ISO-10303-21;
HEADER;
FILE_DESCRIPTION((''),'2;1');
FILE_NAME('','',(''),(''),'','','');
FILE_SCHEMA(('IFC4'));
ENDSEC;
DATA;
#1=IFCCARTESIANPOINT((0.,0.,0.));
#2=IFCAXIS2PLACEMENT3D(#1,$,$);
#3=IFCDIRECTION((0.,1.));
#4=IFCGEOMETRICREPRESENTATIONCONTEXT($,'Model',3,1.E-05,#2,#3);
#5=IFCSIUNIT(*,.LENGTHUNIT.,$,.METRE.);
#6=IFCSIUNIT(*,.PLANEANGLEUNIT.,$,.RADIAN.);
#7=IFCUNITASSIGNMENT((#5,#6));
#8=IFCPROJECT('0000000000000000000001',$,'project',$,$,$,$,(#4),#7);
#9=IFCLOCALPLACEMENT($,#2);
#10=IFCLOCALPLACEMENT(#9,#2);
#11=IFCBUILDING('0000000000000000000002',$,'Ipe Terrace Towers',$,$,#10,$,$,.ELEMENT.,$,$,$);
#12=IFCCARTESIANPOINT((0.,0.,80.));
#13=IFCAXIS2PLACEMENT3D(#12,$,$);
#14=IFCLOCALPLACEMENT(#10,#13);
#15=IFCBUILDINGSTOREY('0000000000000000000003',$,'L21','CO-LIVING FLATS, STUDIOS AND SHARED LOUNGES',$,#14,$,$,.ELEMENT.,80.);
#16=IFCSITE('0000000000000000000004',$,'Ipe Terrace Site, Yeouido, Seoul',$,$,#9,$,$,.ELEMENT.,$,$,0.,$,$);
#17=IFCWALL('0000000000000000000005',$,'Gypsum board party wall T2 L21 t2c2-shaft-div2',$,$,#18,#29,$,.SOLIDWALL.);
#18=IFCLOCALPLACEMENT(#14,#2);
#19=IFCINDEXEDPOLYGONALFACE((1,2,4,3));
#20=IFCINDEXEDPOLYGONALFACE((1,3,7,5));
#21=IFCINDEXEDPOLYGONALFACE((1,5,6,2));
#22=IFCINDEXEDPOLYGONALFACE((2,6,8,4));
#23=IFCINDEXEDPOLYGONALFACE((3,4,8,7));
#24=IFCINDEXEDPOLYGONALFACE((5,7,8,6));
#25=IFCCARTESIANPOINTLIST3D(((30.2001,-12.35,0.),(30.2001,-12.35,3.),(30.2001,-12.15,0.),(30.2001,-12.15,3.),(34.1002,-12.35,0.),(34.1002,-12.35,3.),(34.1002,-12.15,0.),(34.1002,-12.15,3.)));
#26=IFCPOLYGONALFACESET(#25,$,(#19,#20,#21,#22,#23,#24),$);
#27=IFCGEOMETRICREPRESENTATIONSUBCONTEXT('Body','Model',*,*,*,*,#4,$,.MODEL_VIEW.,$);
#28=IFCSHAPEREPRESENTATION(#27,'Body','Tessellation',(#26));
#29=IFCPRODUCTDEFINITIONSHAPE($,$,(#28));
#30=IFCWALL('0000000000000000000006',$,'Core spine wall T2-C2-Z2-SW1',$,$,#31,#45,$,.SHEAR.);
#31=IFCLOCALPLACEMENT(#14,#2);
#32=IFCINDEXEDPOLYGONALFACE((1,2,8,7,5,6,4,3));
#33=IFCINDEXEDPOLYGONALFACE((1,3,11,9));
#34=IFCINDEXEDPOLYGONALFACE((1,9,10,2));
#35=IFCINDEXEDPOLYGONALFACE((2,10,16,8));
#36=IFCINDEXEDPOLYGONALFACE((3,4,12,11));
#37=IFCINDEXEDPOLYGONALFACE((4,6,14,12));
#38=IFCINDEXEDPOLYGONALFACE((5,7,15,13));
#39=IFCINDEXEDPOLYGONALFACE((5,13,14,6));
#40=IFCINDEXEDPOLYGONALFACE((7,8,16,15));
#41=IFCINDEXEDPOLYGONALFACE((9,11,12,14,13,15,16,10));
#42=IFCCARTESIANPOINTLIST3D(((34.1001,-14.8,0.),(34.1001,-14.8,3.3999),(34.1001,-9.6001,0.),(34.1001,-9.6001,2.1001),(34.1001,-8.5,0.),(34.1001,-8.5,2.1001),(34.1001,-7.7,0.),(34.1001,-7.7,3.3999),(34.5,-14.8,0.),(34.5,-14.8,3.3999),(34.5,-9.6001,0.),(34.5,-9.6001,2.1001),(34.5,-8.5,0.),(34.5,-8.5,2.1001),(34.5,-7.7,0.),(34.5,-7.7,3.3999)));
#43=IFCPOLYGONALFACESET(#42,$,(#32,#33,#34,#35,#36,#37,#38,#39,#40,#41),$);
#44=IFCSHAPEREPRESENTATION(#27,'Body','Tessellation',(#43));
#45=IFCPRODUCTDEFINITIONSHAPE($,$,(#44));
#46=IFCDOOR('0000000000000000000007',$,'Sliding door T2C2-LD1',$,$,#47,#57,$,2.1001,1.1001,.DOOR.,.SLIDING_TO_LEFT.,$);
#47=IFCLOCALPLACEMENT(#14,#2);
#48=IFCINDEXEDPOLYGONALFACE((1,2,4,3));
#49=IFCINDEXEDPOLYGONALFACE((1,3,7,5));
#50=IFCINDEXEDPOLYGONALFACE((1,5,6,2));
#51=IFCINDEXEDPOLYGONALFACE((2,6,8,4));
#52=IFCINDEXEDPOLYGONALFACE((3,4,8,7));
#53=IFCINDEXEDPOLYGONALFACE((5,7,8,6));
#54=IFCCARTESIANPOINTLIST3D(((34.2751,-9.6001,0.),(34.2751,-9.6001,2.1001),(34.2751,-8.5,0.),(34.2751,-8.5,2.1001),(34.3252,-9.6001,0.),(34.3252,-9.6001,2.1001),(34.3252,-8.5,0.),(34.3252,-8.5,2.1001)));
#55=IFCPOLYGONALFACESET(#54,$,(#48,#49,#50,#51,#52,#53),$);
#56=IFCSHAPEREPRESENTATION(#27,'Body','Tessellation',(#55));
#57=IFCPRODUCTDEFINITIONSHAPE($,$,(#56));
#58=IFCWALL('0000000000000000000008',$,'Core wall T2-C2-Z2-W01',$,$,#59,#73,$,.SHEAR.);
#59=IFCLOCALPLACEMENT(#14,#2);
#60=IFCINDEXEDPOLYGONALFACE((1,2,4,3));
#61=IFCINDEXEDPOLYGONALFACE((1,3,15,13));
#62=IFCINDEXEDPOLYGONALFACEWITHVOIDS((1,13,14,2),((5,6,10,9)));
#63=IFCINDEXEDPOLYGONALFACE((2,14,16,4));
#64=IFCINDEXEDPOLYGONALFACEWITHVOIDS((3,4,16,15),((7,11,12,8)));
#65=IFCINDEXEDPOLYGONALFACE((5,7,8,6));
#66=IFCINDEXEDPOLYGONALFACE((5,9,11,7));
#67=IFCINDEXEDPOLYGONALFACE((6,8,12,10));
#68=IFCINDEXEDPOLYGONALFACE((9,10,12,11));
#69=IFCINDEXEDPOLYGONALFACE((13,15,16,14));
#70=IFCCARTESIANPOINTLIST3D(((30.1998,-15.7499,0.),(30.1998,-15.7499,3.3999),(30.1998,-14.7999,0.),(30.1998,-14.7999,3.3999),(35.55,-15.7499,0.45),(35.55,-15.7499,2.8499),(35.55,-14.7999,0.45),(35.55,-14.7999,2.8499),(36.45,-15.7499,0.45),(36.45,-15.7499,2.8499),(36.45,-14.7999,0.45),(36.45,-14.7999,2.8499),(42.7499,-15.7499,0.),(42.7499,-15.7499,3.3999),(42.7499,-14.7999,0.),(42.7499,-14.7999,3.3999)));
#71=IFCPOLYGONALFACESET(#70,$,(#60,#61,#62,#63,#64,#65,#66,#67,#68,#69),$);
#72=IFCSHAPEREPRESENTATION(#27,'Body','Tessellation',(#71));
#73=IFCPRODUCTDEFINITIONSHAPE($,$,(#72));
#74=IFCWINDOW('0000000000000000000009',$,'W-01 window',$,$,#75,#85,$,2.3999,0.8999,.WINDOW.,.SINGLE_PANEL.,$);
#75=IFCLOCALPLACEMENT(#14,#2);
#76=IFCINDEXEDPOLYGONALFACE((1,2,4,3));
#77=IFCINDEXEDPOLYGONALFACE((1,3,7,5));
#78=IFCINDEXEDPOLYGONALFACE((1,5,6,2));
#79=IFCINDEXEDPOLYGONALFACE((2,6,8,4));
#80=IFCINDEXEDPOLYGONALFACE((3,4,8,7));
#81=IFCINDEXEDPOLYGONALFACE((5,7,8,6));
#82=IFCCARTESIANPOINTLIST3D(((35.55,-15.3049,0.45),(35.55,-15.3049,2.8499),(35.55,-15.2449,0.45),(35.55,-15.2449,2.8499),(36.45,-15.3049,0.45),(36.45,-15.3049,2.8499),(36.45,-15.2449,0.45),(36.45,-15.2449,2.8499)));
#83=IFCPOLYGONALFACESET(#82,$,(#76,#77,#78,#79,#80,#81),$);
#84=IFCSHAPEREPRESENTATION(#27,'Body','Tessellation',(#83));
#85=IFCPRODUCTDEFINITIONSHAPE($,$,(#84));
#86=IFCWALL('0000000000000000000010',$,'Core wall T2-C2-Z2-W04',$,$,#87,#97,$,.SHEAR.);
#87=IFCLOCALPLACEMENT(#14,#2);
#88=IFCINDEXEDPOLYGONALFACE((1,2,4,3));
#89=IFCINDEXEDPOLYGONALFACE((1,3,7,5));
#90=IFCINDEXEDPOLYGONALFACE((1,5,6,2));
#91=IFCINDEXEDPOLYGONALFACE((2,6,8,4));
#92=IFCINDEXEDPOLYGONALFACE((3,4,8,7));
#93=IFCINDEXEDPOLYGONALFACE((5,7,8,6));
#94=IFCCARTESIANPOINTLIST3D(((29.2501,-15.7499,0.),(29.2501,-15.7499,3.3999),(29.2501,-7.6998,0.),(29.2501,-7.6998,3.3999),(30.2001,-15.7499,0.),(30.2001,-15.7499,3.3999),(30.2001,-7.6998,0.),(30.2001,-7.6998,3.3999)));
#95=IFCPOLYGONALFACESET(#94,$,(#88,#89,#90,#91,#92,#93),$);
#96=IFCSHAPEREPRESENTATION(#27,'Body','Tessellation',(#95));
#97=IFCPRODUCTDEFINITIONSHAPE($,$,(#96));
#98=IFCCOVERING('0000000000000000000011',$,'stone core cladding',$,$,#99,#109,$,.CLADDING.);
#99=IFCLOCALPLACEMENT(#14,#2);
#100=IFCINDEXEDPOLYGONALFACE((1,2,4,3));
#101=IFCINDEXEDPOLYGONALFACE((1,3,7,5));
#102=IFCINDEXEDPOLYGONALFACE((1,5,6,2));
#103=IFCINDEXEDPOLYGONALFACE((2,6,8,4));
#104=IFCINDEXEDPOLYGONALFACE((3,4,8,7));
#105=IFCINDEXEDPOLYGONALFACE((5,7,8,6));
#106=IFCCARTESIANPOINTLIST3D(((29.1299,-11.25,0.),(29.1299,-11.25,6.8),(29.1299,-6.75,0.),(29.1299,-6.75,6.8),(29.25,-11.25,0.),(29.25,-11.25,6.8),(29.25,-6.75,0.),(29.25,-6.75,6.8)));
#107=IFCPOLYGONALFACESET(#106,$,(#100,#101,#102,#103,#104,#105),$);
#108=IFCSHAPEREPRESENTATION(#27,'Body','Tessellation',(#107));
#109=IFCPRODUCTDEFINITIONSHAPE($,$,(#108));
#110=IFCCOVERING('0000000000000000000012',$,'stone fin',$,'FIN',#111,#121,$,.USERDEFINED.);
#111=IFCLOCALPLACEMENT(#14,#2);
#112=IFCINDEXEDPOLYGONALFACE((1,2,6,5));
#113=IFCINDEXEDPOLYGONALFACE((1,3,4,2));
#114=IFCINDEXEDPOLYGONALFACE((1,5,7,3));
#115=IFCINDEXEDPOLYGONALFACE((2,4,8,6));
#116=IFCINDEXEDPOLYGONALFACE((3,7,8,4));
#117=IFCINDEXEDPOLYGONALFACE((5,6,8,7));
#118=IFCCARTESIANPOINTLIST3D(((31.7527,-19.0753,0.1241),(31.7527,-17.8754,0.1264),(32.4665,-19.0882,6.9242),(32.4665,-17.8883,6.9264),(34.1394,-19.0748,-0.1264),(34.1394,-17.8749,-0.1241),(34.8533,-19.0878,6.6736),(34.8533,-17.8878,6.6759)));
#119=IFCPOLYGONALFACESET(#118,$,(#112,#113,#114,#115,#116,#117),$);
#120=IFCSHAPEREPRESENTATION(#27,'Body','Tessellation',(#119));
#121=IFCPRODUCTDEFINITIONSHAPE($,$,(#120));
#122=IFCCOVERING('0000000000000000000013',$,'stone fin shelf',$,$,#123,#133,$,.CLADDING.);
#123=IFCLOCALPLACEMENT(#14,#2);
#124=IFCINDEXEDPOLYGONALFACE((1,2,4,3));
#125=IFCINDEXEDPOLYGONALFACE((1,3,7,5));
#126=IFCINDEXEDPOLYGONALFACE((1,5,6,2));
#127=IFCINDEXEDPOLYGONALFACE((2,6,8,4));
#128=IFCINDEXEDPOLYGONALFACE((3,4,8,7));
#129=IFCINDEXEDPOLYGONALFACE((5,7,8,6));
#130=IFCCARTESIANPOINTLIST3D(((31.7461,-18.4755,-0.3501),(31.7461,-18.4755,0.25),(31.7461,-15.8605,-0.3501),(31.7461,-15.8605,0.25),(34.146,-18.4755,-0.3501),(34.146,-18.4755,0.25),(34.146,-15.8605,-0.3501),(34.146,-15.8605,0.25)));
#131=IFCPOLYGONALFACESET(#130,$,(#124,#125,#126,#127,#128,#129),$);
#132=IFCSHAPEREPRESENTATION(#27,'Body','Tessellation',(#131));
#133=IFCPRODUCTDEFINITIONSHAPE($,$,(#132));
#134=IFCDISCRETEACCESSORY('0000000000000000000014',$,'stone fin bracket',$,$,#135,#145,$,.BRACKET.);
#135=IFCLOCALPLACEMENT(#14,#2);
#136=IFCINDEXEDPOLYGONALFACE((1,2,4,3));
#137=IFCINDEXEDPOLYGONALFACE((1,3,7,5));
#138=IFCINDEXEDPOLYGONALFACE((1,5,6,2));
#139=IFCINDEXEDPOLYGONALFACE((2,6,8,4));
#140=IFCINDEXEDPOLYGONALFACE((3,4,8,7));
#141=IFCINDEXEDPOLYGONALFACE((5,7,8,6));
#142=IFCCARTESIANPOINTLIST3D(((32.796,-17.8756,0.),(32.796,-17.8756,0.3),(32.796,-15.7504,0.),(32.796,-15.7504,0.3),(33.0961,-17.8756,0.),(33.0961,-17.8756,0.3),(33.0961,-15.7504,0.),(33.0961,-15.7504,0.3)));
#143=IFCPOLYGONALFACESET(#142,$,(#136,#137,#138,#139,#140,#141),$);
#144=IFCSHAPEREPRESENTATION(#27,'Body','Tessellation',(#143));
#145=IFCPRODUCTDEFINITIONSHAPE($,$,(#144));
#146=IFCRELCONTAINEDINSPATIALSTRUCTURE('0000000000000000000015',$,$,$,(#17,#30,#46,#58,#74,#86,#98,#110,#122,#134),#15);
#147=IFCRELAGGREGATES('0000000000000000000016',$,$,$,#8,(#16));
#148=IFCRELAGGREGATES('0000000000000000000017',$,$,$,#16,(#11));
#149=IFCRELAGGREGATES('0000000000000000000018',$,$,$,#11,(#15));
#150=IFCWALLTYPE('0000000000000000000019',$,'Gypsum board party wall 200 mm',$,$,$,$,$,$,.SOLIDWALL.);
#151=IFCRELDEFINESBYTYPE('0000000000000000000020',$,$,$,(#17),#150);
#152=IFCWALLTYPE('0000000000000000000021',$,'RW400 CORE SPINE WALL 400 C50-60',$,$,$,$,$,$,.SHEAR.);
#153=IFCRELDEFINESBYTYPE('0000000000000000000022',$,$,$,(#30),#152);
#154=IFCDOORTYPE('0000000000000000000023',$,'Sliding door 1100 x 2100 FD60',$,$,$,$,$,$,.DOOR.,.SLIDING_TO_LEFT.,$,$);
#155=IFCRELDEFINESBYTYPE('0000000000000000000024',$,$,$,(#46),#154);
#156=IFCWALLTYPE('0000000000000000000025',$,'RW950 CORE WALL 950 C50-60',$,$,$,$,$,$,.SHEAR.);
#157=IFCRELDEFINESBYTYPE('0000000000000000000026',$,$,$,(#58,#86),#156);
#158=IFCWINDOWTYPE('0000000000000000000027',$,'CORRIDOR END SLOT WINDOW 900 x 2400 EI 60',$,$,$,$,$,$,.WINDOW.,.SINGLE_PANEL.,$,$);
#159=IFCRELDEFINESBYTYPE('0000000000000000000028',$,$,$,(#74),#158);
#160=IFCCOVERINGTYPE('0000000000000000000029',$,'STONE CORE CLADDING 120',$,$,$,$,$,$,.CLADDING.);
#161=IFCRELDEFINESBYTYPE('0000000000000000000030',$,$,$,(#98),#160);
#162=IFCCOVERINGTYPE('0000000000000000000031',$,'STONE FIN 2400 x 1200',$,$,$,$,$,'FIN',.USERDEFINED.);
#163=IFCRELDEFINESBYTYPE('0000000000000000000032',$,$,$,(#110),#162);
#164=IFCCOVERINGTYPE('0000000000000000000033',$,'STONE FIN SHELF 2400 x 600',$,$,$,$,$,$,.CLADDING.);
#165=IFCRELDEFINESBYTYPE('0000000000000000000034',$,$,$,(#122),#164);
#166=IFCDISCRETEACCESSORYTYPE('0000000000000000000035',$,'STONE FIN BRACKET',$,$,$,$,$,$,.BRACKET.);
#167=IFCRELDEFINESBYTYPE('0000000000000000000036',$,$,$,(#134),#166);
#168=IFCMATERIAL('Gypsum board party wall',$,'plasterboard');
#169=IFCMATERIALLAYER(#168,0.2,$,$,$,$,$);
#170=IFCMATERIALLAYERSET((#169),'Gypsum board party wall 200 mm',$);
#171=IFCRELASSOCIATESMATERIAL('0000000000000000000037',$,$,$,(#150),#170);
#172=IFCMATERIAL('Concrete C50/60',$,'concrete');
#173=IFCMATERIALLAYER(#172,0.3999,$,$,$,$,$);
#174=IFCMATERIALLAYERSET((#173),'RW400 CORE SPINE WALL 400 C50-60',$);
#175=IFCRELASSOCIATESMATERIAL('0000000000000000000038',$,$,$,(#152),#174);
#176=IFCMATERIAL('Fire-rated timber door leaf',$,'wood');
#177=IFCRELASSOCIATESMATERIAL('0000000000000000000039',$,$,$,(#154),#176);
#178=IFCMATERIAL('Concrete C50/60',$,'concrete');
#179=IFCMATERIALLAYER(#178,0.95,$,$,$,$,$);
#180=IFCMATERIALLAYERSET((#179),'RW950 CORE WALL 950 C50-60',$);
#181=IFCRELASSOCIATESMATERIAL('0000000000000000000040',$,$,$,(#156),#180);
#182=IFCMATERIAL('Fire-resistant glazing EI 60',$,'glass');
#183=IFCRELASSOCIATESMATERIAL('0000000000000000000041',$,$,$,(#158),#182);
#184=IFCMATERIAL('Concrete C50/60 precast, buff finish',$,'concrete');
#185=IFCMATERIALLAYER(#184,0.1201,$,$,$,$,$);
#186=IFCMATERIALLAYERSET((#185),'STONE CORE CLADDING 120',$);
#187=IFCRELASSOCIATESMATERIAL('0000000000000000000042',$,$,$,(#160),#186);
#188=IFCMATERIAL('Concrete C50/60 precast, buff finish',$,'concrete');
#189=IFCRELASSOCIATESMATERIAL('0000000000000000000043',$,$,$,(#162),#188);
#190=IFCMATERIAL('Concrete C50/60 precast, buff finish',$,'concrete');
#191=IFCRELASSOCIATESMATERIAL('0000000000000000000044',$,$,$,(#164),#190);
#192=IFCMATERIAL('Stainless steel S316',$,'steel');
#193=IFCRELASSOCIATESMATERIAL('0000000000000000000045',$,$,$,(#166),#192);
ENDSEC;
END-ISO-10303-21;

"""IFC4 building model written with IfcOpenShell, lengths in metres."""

from ifc_helpers import new_model, si_unit, direction, frame, frame_2d, origin, origin_2d, place, context, subcontext, project, spatial, rectangle, extrude, material, layer, layer_set, material_profile, profile_set, type_object, element, fill, save


model = new_model("IFC4")

# Units and contexts
model_context = context("Model", 3, precision=1e-05, world=origin(), true_north=direction((0.0, 1.0)))
body_context = subcontext(model_context, "Body", "Model", "MODEL_VIEW")
ifc_project = project(units=[si_unit("LENGTHUNIT", "METRE"), si_unit("PLANEANGLEUNIT", "RADIAN")], contexts=[model_context])

# Site, building, storey
site_placement = place(None, origin())
site = spatial("IfcSite", under=ifc_project, at=site_placement, Name="Ipe Terrace Site, Yeouido, Seoul", CompositionType="ELEMENT", RefElevation=0.0)
building_placement = place(site_placement, origin())
building = spatial("IfcBuilding", under=site, at=building_placement, Name="Ipe Terrace Towers", CompositionType="ELEMENT")
storey_placement = place(building_placement, frame((0.0, 0.0, 80.0)))
storey = spatial("IfcBuildingStorey", under=building, at=storey_placement, Name="L21", Description="CO-LIVING FLATS, STUDIOS AND SHARED LOUNGES", CompositionType="ELEMENT", Elevation=80.0)

# Wall
ifc_material_1 = material(Name="Gypsum board party wall", Category="plasterboard")
ifc_layer_1 = layer(ifc_material_1, 0.2)
ifc_layer_set_1 = layer_set([ifc_layer_1], Name="Gypsum board party wall 200 mm")
wall_type_1 = type_object("IfcWallType", Name="Gypsum board party wall 200 mm", PredefinedType="SOLIDWALL", material=ifc_layer_set_1)
for number, where, z_axis, x_axis, name in (
    (1, (30.2, -12.25, 0.0), (0.0, 0.0, 1.0), (1.0, 0.0, 0.0), "Gypsum board party wall T2 L21 t2c2-shaft-div2"),
):
    element("IfcWall", number, at=place(storey_placement, frame(where, z_axis=z_axis, x_axis=x_axis)), inside=storey, type_object=wall_type_1, Name=name, PredefinedType="SOLIDWALL", context=body_context, shape_type="SweptSolid", body=[
        extrude(rectangle(XDim=3.9001, YDim=0.2, at=frame_2d((1.9502, 0.0))), origin(), (0.0, 0.0, 1.0), 3.0),
    ])

# Wall, opening, door
ifc_material_2 = material(Name="Concrete C50/60", Category="concrete")
ifc_layer_2 = layer(ifc_material_2, 0.3999)
ifc_layer_set_2 = layer_set([ifc_layer_2], Name="RW400 CORE SPINE WALL 400 C50-60")
wall_type_2 = type_object("IfcWallType", Name="RW400 CORE SPINE WALL 400 C50-60", PredefinedType="SHEAR", material=ifc_layer_set_2)
wall_1_placement = place(storey_placement, frame((34.3, -14.8, 0.0), z_axis=(0.0, 0.0, 1.0), x_axis=(0.0, 1.0, 0.0)))
wall_1 = element("IfcWall", 2, at=wall_1_placement, inside=storey, type_object=wall_type_2, Name="Core spine wall T2-C2-Z2-SW1", PredefinedType="SHEAR", context=body_context, shape_type="SweptSolid", body=[
    extrude(rectangle(XDim=7.1001, YDim=0.3999, at=frame_2d((3.55, 0.0))), origin(), (0.0, 0.0, 1.0), 3.3999),
])
opening_1_placement = place(wall_1_placement, frame((5.2, 0.0, 0.0)))
opening_1 = element("IfcOpeningElement", 3, at=opening_1_placement, cuts=wall_1, PredefinedType="OPENING", context=body_context, shape_type="SweptSolid", body=[
    extrude(rectangle(XDim=1.1001, YDim=2.1001, at=frame_2d((0.55, 1.05))), frame((0.0, 0.21, 0.0), z_axis=(0.0, -1.0, 0.0), x_axis=(1.0, 0.0, 0.0)), (0.0, 0.0, 1.0), 0.4199),
])
ifc_material_3 = material(Name="Fire-rated timber door leaf", Category="wood")
door_type_1 = type_object("IfcDoorType", Name="Sliding door 1100 x 2100 FD60", OperationType="SLIDING_TO_LEFT", PredefinedType="DOOR", material=ifc_material_3)
door_1_placement = place(opening_1_placement, origin())
door_1 = element("IfcDoor", 4, at=door_1_placement, inside=storey, type_object=door_type_1, Name="Sliding door T2C2-LD1", OperationType="SLIDING_TO_LEFT", OverallHeight=2.1001, OverallWidth=1.1001, PredefinedType="DOOR", context=body_context, shape_type="SweptSolid", body=[
    extrude(rectangle(XDim=1.1001, YDim=2.1001, at=frame_2d((0.55, 1.05))), frame((0.0, 0.0249, 0.0), z_axis=(0.0, -1.0, 0.0), x_axis=(1.0, 0.0, 0.0)), (0.0, 0.0, 1.0), 0.05),
])
fill(opening_1, door_1)

# Wall, opening, window
ifc_material_4 = material(Name="Concrete C50/60", Category="concrete")
ifc_layer_3 = layer(ifc_material_4, 0.95)
ifc_layer_set_3 = layer_set([ifc_layer_3], Name="RW950 CORE WALL 950 C50-60")
wall_type_3 = type_object("IfcWallType", Name="RW950 CORE WALL 950 C50-60", PredefinedType="SHEAR", material=ifc_layer_set_3)
wall_2_placement = place(storey_placement, frame((30.2, -15.2749, 0.0), z_axis=(0.0, 0.0, 1.0), x_axis=(1.0, 0.0, 0.0)))
wall_2 = element("IfcWall", 5, at=wall_2_placement, inside=storey, type_object=wall_type_3, Name="Core wall T2-C2-Z2-W01", PredefinedType="SHEAR", context=body_context, shape_type="SweptSolid", body=[
    extrude(rectangle(XDim=12.55, YDim=0.95, at=frame_2d((6.2749, 0.0))), origin(), (0.0, 0.0, 1.0), 3.3999),
])
opening_2_placement = place(wall_2_placement, frame((5.3501, 0.0, 0.45)))
opening_2 = element("IfcOpeningElement", 6, at=opening_2_placement, cuts=wall_2, PredefinedType="OPENING", context=body_context, shape_type="SweptSolid", body=[
    extrude(rectangle(XDim=0.8999, YDim=2.3999, at=frame_2d((0.45, 1.2))), frame((0.0, 0.4849, 0.0), z_axis=(0.0, -1.0, 0.0), x_axis=(1.0, 0.0, 0.0)), (0.0, 0.0, 1.0), 0.97),
])
ifc_material_5 = material(Name="Fire-resistant glazing EI 60", Category="glass")
window_type = type_object("IfcWindowType", Name="CORRIDOR END SLOT WINDOW 900 x 2400 EI 60", PartitioningType="SINGLE_PANEL", PredefinedType="WINDOW", material=ifc_material_5)
window_placement = place(opening_2_placement, origin())
window = element("IfcWindow", 7, at=window_placement, inside=storey, type_object=window_type, Name="W-01 window", OverallHeight=2.3999, OverallWidth=0.8999, PartitioningType="SINGLE_PANEL", PredefinedType="WINDOW", context=body_context, shape_type="SweptSolid", body=[
    extrude(rectangle(XDim=0.8999, YDim=2.3999, at=frame_2d((0.45, 1.2))), frame((0.0, 0.03, 0.0), z_axis=(0.0, -1.0, 0.0), x_axis=(1.0, 0.0, 0.0)), (0.0, 0.0, 1.0), 0.0601),
])
fill(opening_2, window)

# Wall
wall_3_placement = place(storey_placement, frame((29.7251, -7.7, 0.0), z_axis=(0.0, 0.0, 1.0), x_axis=(0.0, -1.0, 0.0)))
element("IfcWall", 8, at=wall_3_placement, inside=storey, type_object=wall_type_3, Name="Core wall T2-C2-Z2-W04", PredefinedType="SHEAR", context=body_context, shape_type="SweptSolid", body=[
    extrude(rectangle(XDim=8.05, YDim=0.95, at=frame_2d((4.0249, 0.0))), origin(), (0.0, 0.0, 1.0), 3.3999),
])

# Coverings
ifc_material_6 = material(Name="Concrete C50/60 precast, buff finish", Category="concrete")
ifc_layer_4 = layer(ifc_material_6, 0.1201)
ifc_layer_set_4 = layer_set([ifc_layer_4], Name="STONE CORE CLADDING 120")
covering_type_1 = type_object("IfcCoveringType", Name="STONE CORE CLADDING 120", PredefinedType="CLADDING", material=ifc_layer_set_4)
covering_1_placement = place(storey_placement, frame((29.1899, -9.0, 0.0), z_axis=(0.0, 0.0, 1.0), x_axis=(0.0, -1.0, 0.0)))
element("IfcCovering", 9, at=covering_1_placement, inside=storey, type_object=covering_type_1, Name="stone core cladding", PredefinedType="CLADDING", context=body_context, shape_type="SweptSolid", body=[
    extrude(rectangle(XDim=4.5, YDim=0.1201, at=origin_2d()), origin(), (0.0, 0.0, 1.0), 6.8),
])
ifc_material_7 = material(Name="Concrete C50/60 precast, buff finish", Category="concrete")
ifc_material_profile_1 = material_profile(ifc_material_7, rectangle(XDim=2.3999, YDim=1.2, at=origin_2d()), Name="STONE FIN 2400 x 1200")
ifc_profile_set_1 = profile_set([ifc_material_profile_1], Name="Concrete C50/60 precast, buff finish")
covering_type_2 = type_object("IfcCoveringType", Name="STONE FIN 2400 x 1200", ElementType="FIN", PredefinedType="USERDEFINED", material=ifc_profile_set_1)
covering_2_placement = place(storey_placement, frame((32.946, -18.4751, 0.0), z_axis=(0.104406, -0.001892, 0.994533), x_axis=(0.994535, 0.000199, -0.104406)))
element("IfcCovering", 10, at=covering_2_placement, inside=storey, type_object=covering_type_2, Name="stone fin", ObjectType="FIN", PredefinedType="USERDEFINED", context=body_context, shape_type="SweptSolid", body=[
    extrude(rectangle(XDim=2.3999, YDim=1.2, at=origin_2d()), origin(), (0.0, 0.0, 1.0), 6.8374),
])
ifc_material_8 = material(Name="Concrete C50/60 precast, buff finish", Category="concrete")
covering_type_3 = type_object("IfcCoveringType", Name="STONE FIN SHELF 2400 x 600", PredefinedType="CLADDING", material=ifc_material_8)
covering_3_placement = place(storey_placement, frame((32.946, -17.168, -0.3501), z_axis=(0.0, 0.0, 1.0), x_axis=(1.0, 0.0, 0.0)))
element("IfcCovering", 11, at=covering_3_placement, inside=storey, type_object=covering_type_3, Name="stone fin shelf", PredefinedType="CLADDING", context=body_context, shape_type="SweptSolid", body=[
    extrude(rectangle(XDim=2.3999, YDim=2.615, at=origin_2d()), origin(), (0.0, 0.0, 1.0), 0.6001),
])

# Discrete accessory
ifc_material_9 = material(Name="Stainless steel S316", Category="steel")
discrete_accessory_type = type_object("IfcDiscreteAccessoryType", Name="STONE FIN BRACKET", PredefinedType="BRACKET", material=ifc_material_9)
discrete_accessory_placement = place(storey_placement, frame((32.946, -16.813, 0.0), z_axis=(0.0, 0.0, 1.0), x_axis=(1.0, 0.0, 0.0)))
element("IfcDiscreteAccessory", 12, at=discrete_accessory_placement, inside=storey, type_object=discrete_accessory_type, Name="stone fin bracket", PredefinedType="BRACKET", context=body_context, shape_type="SweptSolid", body=[
    extrude(rectangle(XDim=0.3, YDim=2.1252, at=origin_2d()), origin(), (0.0, 0.0, 1.0), 0.3),
])

save(model, "model.ifc")
